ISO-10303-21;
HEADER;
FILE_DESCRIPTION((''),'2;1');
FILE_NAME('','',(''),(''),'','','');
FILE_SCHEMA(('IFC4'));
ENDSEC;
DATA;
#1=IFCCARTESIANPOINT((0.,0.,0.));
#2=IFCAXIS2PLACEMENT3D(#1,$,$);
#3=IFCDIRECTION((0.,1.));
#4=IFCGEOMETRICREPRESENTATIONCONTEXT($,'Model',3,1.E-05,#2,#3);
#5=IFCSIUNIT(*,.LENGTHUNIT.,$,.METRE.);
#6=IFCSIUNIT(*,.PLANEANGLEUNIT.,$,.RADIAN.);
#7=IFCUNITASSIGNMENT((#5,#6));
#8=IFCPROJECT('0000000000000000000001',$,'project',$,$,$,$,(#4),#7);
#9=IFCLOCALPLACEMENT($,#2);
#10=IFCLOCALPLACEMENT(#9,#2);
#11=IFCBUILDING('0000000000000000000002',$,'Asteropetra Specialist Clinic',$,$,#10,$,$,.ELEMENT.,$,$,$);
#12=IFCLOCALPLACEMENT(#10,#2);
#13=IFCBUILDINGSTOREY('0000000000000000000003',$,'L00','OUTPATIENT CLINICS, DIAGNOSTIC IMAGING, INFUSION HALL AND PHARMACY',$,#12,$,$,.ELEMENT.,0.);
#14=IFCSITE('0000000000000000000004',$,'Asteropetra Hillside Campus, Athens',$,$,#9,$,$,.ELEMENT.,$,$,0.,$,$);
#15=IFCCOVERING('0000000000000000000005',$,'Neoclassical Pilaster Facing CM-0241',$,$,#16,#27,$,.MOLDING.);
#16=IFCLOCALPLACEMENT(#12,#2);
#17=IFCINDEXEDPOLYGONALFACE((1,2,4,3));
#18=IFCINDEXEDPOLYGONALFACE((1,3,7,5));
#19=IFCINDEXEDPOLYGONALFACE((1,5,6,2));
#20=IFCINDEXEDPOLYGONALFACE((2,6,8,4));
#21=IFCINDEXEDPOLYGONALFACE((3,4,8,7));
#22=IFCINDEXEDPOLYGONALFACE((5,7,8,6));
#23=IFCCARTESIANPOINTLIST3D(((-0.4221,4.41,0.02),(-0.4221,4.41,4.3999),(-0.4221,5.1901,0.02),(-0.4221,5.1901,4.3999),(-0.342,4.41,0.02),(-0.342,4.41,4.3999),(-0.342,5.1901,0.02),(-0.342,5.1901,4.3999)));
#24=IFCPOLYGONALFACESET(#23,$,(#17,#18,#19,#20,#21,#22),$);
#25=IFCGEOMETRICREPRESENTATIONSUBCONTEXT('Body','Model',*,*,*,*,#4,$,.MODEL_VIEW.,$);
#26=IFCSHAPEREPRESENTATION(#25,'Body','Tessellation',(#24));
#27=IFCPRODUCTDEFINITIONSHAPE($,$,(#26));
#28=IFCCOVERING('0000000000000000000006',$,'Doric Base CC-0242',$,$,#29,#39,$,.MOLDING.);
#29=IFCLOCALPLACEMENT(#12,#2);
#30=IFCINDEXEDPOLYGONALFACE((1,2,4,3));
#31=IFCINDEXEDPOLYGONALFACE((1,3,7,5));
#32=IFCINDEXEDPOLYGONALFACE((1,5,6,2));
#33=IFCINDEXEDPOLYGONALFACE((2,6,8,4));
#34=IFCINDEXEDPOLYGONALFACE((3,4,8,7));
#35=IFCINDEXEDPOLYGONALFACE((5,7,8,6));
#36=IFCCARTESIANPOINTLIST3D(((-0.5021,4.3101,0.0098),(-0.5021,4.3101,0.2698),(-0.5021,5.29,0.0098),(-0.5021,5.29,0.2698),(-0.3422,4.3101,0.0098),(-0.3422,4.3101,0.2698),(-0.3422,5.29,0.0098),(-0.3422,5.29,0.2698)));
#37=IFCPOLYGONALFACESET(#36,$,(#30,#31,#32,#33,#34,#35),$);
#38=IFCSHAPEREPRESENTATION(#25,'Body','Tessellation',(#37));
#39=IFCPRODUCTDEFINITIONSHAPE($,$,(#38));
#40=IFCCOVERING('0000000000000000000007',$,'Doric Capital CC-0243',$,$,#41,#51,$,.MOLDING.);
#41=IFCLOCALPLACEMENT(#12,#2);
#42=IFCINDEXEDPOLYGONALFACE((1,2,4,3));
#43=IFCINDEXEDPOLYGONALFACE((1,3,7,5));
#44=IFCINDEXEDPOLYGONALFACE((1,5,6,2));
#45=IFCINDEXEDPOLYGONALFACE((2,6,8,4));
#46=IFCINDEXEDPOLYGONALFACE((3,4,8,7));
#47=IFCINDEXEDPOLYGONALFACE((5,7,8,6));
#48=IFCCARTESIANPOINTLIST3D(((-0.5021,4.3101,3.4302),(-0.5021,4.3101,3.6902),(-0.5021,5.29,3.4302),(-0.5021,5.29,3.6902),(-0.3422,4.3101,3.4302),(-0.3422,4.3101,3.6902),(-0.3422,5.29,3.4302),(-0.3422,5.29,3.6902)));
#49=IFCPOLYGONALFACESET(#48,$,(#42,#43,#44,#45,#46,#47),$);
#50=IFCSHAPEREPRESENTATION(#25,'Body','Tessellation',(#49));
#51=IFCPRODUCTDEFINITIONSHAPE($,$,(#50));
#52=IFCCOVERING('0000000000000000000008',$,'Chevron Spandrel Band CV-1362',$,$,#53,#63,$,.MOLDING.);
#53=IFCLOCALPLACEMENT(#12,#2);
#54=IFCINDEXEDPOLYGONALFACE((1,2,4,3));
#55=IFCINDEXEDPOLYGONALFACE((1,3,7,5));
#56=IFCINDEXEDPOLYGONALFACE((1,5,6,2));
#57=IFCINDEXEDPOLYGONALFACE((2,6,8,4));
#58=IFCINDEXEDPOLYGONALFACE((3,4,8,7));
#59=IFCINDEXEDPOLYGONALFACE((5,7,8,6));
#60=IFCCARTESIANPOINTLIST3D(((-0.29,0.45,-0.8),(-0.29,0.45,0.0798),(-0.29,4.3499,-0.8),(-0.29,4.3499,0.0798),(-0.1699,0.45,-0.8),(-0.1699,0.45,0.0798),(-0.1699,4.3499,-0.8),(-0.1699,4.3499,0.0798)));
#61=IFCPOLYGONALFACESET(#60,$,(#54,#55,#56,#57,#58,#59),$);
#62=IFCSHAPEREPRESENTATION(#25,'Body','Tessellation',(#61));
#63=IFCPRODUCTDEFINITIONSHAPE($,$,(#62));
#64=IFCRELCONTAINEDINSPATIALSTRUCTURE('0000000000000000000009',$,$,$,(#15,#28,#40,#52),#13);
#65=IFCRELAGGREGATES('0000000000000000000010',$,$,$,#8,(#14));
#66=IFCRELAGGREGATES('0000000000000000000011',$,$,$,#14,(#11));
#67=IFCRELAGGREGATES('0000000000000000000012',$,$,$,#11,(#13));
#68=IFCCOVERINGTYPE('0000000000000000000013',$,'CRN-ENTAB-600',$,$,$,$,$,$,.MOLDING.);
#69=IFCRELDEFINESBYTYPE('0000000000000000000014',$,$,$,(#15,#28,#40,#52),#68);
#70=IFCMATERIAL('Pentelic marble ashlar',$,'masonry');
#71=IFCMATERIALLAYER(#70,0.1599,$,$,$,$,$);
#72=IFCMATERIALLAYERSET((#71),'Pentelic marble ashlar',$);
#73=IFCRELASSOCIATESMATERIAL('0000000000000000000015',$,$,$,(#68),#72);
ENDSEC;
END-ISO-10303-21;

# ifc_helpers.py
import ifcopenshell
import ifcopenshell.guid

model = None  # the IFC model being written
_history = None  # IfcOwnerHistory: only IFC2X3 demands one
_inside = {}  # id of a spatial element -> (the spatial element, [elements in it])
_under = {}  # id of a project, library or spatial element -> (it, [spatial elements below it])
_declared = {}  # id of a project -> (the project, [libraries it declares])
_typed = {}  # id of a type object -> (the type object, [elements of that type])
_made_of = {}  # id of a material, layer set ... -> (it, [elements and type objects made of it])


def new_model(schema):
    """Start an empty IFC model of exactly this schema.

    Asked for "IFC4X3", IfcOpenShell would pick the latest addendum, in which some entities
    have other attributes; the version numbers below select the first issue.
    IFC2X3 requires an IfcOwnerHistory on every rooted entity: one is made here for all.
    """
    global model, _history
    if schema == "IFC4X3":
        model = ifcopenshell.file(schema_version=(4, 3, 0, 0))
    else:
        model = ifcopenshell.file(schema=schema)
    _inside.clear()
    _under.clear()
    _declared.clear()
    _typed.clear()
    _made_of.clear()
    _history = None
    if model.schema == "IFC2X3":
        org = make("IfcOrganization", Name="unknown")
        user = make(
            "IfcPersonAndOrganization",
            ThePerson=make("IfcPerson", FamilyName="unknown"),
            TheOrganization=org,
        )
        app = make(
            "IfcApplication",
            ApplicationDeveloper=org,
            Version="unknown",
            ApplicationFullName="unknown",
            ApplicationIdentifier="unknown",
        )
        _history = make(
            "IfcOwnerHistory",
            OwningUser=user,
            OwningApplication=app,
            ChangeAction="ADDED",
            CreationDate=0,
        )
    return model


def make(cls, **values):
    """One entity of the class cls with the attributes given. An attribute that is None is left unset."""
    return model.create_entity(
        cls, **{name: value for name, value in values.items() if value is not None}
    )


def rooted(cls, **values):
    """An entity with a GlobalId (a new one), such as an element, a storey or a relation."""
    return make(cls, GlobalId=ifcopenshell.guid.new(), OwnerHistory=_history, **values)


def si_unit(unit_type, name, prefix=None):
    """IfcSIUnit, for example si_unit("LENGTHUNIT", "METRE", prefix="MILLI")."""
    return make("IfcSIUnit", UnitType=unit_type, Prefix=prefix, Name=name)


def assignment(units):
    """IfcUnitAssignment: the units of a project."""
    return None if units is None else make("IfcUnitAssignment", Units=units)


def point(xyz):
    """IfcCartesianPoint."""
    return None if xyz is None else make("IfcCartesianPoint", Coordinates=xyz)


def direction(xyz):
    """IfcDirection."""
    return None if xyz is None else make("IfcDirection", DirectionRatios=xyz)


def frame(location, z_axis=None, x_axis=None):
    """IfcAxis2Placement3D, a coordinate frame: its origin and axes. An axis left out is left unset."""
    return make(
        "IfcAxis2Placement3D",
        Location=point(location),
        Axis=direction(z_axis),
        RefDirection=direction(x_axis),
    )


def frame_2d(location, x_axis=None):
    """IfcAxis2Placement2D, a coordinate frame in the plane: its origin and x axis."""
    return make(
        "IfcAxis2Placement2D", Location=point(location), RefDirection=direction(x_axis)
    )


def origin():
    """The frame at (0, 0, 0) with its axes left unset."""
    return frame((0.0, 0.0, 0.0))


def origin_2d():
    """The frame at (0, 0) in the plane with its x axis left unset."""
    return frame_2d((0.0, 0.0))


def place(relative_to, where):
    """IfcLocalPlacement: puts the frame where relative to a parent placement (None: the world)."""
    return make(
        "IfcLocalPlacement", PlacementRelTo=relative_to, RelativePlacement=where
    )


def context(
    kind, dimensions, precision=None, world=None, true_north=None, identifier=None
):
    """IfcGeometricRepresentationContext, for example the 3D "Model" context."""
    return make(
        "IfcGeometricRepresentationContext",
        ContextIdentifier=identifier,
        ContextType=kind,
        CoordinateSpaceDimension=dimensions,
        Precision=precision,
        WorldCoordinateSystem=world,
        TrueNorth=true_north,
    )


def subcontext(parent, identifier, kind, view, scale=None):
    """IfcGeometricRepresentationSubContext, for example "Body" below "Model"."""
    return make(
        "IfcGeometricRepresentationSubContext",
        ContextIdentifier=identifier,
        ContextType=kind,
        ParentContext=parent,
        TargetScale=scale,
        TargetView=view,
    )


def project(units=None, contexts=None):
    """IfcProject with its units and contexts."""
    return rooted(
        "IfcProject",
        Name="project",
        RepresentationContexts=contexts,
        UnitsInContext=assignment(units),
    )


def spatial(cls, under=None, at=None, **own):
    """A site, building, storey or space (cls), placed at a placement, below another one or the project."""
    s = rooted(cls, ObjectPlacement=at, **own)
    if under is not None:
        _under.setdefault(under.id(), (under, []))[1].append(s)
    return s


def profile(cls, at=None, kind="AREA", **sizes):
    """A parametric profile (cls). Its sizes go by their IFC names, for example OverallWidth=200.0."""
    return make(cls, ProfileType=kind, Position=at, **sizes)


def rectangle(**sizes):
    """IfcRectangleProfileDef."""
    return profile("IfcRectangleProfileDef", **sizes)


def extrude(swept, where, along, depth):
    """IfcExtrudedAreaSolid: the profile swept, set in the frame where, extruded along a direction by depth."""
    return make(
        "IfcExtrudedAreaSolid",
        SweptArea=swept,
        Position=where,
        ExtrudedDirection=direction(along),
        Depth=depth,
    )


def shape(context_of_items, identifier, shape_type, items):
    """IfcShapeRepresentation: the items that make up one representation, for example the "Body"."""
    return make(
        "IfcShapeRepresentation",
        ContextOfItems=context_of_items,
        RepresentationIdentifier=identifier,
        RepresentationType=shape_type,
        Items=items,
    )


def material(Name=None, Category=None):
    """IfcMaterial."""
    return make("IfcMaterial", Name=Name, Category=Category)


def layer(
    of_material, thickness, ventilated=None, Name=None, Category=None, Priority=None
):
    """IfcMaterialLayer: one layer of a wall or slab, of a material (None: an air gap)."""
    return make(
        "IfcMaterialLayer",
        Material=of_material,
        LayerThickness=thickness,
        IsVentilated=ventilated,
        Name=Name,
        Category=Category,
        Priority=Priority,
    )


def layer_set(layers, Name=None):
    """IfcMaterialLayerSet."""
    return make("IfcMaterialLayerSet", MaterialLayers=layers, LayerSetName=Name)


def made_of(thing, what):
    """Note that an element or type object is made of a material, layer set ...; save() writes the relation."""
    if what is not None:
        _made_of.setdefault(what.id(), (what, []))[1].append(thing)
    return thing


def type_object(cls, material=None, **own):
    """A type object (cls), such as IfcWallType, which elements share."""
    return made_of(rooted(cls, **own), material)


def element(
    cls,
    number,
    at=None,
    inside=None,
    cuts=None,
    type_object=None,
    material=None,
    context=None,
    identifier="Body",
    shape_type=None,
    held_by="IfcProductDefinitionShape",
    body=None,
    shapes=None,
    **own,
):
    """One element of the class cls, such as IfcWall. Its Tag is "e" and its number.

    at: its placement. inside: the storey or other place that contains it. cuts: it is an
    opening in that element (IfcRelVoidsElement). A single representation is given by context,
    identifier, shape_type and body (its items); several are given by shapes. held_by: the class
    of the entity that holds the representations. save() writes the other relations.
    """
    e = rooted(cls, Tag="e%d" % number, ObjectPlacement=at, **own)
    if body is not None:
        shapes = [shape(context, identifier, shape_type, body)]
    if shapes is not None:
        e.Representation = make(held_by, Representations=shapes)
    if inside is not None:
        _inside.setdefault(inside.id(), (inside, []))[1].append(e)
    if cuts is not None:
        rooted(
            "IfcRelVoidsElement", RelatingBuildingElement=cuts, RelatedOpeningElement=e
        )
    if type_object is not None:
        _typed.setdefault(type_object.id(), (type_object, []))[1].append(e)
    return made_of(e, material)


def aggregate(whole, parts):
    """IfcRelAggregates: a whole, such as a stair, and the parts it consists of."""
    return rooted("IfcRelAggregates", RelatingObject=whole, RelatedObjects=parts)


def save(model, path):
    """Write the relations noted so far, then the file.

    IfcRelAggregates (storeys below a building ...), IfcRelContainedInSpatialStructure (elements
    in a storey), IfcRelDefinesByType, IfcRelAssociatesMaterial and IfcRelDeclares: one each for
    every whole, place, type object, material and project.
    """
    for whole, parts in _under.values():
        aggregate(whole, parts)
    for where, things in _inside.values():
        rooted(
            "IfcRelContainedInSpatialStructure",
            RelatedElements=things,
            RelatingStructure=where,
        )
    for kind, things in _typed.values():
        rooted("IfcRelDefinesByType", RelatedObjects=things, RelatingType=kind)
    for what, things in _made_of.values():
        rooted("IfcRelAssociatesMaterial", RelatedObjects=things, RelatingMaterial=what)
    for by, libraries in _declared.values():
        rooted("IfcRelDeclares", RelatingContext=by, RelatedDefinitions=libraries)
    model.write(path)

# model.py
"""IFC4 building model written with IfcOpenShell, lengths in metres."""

from ifc_helpers import new_model, si_unit, direction, frame, origin, origin_2d, place, context, subcontext, project, spatial, rectangle, extrude, material, layer, layer_set, type_object, element, save


model = new_model("IFC4")

# Units and contexts
model_context = context("Model", 3, precision=1e-05, world=origin(), true_north=direction((0.0, 1.0)))
body_context = subcontext(model_context, "Body", "Model", "MODEL_VIEW")
ifc_project = project(units=[si_unit("LENGTHUNIT", "METRE"), si_unit("PLANEANGLEUNIT", "RADIAN")], contexts=[model_context])

# Site, building, storey
site_placement = place(None, origin())
site = spatial("IfcSite", under=ifc_project, at=site_placement, Name="Asteropetra Hillside Campus, Athens", CompositionType="ELEMENT", RefElevation=0.0)
building_placement = place(site_placement, origin())
building = spatial("IfcBuilding", under=site, at=building_placement, Name="Asteropetra Specialist Clinic", CompositionType="ELEMENT")
storey_placement = place(building_placement, origin())
storey = spatial("IfcBuildingStorey", under=building, at=storey_placement, Name="L00", Description="OUTPATIENT CLINICS, DIAGNOSTIC IMAGING, INFUSION HALL AND PHARMACY", CompositionType="ELEMENT", Elevation=0.0)

# Coverings
ifc_material_1 = material(Name="Pentelic marble ashlar", Category="masonry")
ifc_layer_1 = layer(ifc_material_1, 0.1599)
ifc_layer_set_1 = layer_set([ifc_layer_1], Name="Pentelic marble ashlar")
covering_type = type_object("IfcCoveringType", Name="CRN-ENTAB-600", PredefinedType="MOLDING", material=ifc_layer_set_1)
covering_1_placement = place(storey_placement, frame((-0.3821, 4.8, 0.02), z_axis=(0.0, 0.0, 1.0), x_axis=(1.0, 0.0, 0.0)))
element("IfcCovering", 1, at=covering_1_placement, inside=storey, type_object=covering_type, Name="Neoclassical Pilaster Facing CM-0241", PredefinedType="MOLDING", context=body_context, shape_type="SweptSolid", body=[
    extrude(rectangle(XDim=0.0801, YDim=0.78, at=origin_2d()), origin(), (0.0, 0.0, 1.0), 4.3799),
])
for number, where, z_axis, x_axis, name in (
    (2, (-0.4221, 4.8, 0.0098), (0.0, 0.0, 1.0), (1.0, 0.0, 0.0), "Doric Base CC-0242"),
    (3, (-0.4221, 4.8, 3.4302), (0.0, 0.0, 1.0), (1.0, 0.0, 0.0), "Doric Capital CC-0243"),
):
    element("IfcCovering", number, at=place(storey_placement, frame(where, z_axis=z_axis, x_axis=x_axis)), inside=storey, type_object=covering_type, Name=name, PredefinedType="MOLDING", context=body_context, shape_type="SweptSolid", body=[
        extrude(rectangle(XDim=0.1599, YDim=0.98, at=origin_2d()), origin(), (0.0, 0.0, 1.0), 0.26),
    ])
covering_2_placement = place(storey_placement, frame((-0.23, 2.3999, -0.8), z_axis=(0.0, 0.0, 1.0), x_axis=(1.0, 0.0, 0.0)))
element("IfcCovering", 4, at=covering_2_placement, inside=storey, type_object=covering_type, Name="Chevron Spandrel Band CV-1362", PredefinedType="MOLDING", context=body_context, shape_type="SweptSolid", body=[
    extrude(rectangle(XDim=0.1201, YDim=3.8999, at=origin_2d()), origin(), (0.0, 0.0, 1.0), 0.8799),
])

save(model, "model.ifc")
